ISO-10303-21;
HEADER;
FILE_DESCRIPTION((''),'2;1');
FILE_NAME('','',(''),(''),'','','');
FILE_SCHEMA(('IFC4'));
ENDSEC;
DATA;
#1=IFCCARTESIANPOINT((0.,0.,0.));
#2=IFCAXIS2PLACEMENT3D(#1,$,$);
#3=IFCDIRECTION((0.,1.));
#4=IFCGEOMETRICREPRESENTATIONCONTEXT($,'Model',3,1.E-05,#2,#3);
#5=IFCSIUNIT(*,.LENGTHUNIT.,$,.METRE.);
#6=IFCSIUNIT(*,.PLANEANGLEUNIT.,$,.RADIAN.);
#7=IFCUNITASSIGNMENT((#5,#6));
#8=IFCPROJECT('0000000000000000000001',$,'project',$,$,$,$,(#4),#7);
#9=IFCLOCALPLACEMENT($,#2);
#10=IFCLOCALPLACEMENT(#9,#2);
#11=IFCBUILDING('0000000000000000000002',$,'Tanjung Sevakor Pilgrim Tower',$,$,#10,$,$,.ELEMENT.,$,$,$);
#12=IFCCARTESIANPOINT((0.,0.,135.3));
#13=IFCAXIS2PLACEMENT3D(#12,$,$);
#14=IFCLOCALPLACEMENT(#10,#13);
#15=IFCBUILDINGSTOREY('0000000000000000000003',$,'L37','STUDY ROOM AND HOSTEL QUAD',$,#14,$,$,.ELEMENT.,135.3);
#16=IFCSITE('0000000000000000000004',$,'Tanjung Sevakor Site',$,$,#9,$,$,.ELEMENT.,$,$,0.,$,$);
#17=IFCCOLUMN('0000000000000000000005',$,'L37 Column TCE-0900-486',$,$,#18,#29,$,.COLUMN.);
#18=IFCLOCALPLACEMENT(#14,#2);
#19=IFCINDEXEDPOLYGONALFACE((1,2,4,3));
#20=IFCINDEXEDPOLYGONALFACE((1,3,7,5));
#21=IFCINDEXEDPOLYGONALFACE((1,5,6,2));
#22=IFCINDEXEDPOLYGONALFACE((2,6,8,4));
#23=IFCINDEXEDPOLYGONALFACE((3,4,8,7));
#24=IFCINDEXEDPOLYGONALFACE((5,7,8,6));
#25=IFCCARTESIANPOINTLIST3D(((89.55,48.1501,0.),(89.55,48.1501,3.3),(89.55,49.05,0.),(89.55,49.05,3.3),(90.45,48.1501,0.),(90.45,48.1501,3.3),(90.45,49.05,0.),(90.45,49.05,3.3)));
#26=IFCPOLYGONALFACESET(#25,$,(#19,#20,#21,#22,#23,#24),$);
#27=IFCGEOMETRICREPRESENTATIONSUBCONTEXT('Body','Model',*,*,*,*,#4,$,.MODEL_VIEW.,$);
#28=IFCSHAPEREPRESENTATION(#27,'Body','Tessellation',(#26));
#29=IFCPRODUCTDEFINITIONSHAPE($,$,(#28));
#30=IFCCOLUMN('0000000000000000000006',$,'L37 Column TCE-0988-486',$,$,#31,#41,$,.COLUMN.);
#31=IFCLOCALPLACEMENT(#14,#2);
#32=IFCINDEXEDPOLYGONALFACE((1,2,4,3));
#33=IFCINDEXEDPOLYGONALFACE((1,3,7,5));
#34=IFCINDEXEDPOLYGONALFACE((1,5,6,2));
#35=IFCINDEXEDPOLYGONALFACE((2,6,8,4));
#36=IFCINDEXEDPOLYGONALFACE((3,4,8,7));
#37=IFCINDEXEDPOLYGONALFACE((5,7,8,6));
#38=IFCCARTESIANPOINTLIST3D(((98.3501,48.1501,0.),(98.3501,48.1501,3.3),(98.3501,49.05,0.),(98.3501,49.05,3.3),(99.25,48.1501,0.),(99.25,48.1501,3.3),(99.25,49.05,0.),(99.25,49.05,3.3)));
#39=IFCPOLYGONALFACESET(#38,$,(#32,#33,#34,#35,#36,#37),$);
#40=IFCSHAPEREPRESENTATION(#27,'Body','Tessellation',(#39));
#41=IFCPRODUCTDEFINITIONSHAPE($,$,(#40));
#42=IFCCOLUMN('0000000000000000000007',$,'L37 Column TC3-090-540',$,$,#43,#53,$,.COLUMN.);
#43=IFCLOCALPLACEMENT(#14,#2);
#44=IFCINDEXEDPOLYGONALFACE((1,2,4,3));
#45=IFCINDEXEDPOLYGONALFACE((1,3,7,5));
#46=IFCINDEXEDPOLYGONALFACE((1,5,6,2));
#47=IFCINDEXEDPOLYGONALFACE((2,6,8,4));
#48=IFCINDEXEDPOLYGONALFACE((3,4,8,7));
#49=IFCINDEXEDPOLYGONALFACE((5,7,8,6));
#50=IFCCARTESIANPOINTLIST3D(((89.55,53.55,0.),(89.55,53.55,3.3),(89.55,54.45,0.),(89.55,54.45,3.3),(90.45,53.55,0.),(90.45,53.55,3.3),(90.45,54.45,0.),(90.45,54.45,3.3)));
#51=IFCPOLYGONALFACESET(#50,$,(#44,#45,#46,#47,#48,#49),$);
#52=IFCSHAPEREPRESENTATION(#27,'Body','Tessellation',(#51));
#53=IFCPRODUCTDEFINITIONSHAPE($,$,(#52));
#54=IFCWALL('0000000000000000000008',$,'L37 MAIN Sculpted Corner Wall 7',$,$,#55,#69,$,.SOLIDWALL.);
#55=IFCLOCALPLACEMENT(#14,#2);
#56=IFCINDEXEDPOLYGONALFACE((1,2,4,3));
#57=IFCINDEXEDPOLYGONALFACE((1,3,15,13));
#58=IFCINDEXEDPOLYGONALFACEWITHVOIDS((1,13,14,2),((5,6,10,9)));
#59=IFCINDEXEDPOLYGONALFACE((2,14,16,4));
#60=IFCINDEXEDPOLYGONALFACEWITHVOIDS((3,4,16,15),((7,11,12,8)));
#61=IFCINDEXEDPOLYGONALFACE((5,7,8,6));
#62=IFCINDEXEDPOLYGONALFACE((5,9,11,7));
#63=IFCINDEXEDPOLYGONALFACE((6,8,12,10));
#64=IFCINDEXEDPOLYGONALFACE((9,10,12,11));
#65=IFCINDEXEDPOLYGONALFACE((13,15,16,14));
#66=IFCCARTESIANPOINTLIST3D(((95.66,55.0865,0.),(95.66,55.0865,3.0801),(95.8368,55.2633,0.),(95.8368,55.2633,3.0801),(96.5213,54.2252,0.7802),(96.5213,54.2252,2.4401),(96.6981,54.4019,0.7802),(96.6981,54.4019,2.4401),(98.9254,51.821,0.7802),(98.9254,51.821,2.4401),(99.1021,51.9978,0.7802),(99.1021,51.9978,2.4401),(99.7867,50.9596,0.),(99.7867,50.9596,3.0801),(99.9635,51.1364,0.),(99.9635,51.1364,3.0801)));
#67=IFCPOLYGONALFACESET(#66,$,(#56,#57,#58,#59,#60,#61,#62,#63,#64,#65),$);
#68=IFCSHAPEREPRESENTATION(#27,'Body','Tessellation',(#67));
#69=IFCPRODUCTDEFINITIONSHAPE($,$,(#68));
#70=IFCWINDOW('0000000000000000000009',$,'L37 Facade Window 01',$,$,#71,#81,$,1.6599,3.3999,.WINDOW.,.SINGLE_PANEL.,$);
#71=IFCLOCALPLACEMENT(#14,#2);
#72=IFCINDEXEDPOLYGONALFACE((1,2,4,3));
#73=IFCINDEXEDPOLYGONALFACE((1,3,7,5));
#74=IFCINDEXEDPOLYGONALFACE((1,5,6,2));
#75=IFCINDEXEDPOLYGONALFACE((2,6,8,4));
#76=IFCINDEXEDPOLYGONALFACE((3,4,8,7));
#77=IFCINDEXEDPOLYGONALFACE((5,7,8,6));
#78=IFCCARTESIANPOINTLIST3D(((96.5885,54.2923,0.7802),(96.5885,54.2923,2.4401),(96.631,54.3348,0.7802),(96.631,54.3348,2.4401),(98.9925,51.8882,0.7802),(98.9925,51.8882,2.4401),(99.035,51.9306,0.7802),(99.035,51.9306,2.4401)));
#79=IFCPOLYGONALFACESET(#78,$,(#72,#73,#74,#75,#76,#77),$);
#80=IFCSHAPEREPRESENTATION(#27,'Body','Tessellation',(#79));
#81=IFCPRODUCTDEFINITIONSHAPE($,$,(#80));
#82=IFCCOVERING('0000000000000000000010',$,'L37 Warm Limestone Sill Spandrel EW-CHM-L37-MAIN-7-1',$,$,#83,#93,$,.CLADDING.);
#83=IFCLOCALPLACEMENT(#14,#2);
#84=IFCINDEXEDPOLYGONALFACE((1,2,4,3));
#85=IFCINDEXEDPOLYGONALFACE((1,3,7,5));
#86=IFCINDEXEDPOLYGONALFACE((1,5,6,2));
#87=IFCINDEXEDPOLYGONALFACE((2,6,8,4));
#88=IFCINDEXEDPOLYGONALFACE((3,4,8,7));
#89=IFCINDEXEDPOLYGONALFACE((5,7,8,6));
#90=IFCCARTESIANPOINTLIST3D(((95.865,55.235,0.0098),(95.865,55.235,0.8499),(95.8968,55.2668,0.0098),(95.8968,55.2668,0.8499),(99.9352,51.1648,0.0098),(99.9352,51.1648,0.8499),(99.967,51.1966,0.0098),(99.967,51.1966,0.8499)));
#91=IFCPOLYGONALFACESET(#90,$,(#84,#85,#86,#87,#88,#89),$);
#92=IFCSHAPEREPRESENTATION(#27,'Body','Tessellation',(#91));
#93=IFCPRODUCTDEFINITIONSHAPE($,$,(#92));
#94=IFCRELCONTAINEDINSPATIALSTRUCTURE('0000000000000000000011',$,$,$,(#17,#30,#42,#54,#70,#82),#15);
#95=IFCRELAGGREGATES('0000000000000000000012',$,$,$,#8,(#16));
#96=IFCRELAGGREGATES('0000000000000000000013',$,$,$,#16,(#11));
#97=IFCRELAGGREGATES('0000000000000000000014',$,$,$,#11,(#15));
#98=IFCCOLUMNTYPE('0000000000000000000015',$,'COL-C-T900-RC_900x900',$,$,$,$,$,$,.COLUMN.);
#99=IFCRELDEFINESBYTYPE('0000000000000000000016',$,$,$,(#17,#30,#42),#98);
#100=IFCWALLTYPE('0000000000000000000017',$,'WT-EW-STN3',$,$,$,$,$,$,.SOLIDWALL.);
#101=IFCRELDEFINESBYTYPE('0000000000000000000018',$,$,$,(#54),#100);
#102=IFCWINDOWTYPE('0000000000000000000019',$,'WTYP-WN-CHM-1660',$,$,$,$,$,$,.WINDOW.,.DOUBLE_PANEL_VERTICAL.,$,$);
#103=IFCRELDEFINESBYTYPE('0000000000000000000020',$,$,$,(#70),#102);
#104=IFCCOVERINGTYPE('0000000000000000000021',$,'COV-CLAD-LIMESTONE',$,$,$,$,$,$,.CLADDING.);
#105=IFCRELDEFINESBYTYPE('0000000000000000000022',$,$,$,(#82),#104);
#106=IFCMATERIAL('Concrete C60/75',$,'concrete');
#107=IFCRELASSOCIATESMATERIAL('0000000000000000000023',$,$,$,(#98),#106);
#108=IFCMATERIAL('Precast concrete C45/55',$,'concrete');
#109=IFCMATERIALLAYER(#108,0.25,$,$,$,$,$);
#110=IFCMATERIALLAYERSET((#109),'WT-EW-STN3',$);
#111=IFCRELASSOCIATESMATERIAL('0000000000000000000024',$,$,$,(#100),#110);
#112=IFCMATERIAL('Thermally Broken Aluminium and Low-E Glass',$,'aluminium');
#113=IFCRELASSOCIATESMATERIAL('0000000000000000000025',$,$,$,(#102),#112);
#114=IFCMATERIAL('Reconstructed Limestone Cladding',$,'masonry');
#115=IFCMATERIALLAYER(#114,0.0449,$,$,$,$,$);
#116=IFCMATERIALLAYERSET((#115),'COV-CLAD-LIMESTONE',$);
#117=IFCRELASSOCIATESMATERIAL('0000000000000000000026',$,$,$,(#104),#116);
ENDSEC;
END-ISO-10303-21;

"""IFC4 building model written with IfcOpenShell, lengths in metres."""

from ifc_helpers import new_model, si_unit, direction, frame, frame_2d, origin, origin_2d, place, context, subcontext, project, spatial, rectangle, extrude, material, layer, layer_set, material_profile, profile_set, type_object, element, fill, save


model = new_model("IFC4")

# Units and contexts
model_context = context("Model", 3, precision=1e-05, world=origin(), true_north=direction((0.0, 1.0)))
body_context = subcontext(model_context, "Body", "Model", "MODEL_VIEW")
ifc_project = project(units=[si_unit("LENGTHUNIT", "METRE"), si_unit("PLANEANGLEUNIT", "RADIAN")], contexts=[model_context])

# Site, building, storey
site_placement = place(None, origin())
site = spatial("IfcSite", under=ifc_project, at=site_placement, Name="Tanjung Sevakor Site", CompositionType="ELEMENT", RefElevation=0.0)
building_placement = place(site_placement, origin())
building = spatial("IfcBuilding", under=site, at=building_placement, Name="Tanjung Sevakor Pilgrim Tower", CompositionType="ELEMENT")
storey_placement = place(building_placement, frame((0.0, 0.0, 135.3)))
storey = spatial("IfcBuildingStorey", under=building, at=storey_placement, Name="L37", Description="STUDY ROOM AND HOSTEL QUAD", CompositionType="ELEMENT", Elevation=135.3)

# Columns
ifc_material_1 = material(Name="Concrete C60/75", Category="concrete")
ifc_material_profile = material_profile(ifc_material_1, rectangle(XDim=0.8999, YDim=0.8999, at=origin_2d()))
ifc_profile_set = profile_set([ifc_material_profile], Name="Concrete C60/75")
column_type = type_object("IfcColumnType", Name="COL-C-T900-RC_900x900", PredefinedType="COLUMN", material=ifc_profile_set)
for number, where, z_axis, x_axis, name in (
    (1, (90.0, 48.6001, 0.0), (0.0, 0.0, 1.0), (1.0, 0.0, 0.0), "L37 Column TCE-0900-486"),
    (2, (98.8, 48.6001, 0.0), (0.0, 0.0, 1.0), (1.0, 0.0, 0.0), "L37 Column TCE-0988-486"),
    (3, (90.0, 54.0, 0.0), (0.0, 0.0, 1.0), (1.0, 0.0, 0.0), "L37 Column TC3-090-540"),
):
    element("IfcColumn", number, at=place(storey_placement, frame(where, z_axis=z_axis, x_axis=x_axis)), inside=storey, type_object=column_type, Name=name, PredefinedType="COLUMN", context=body_context, shape_type="SweptSolid", body=[
        extrude(rectangle(XDim=0.8999, YDim=0.8999, at=origin_2d()), origin(), (0.0, 0.0, 1.0), 3.3),
    ])

# Wall, opening, window
ifc_material_2 = material(Name="Precast concrete C45/55", Category="concrete")
ifc_layer_1 = layer(ifc_material_2, 0.25)
ifc_layer_set_1 = layer_set([ifc_layer_1], Name="WT-EW-STN3")
wall_type = type_object("IfcWallType", Name="WT-EW-STN3", PredefinedType="SOLIDWALL", material=ifc_layer_set_1)
wall_1_placement = place(storey_placement, frame((99.875, 51.0481, 0.0), z_axis=(0.0, 0.0, 1.0), x_axis=(-0.707086, 0.707128, 0.0)))
wall_1 = element("IfcWall", 4, at=wall_1_placement, inside=storey, type_object=wall_type, Name="L37 MAIN Sculpted Corner Wall 7", PredefinedType="SOLIDWALL", context=body_context, shape_type="SweptSolid", body=[
    extrude(rectangle(XDim=5.8362, YDim=0.25, at=frame_2d((2.918, 0.0))), origin(), (0.0, 0.0, 1.0), 3.0801),
])
opening_1_placement = place(wall_1_placement, frame((1.218, 0.0, 0.78)))
opening_1 = element("IfcOpeningElement", 5, at=opening_1_placement, cuts=wall_1, PredefinedType="OPENING", context=body_context, shape_type="SweptSolid", body=[
    extrude(rectangle(XDim=3.3999, YDim=1.6599, at=frame_2d((1.7, 0.8301))), frame((0.0, 0.135, 0.0), z_axis=(0.0, -1.0, 0.0), x_axis=(1.0, 0.0, 0.0)), (0.0, 0.0, 1.0), 0.27),
])
ifc_material_3 = material(Name="Thermally Broken Aluminium and Low-E Glass", Category="aluminium")
window_type_1 = type_object("IfcWindowType", Name="WTYP-WN-CHM-1660", PartitioningType="DOUBLE_PANEL_VERTICAL", PredefinedType="WINDOW", material=ifc_material_3)
window_1_placement = place(opening_1_placement, origin())
window_1 = element("IfcWindow", 6, at=window_1_placement, inside=storey, type_object=window_type_1, Name="L37 Facade Window 01", OverallHeight=1.6599, OverallWidth=3.3999, PartitioningType="SINGLE_PANEL", PredefinedType="WINDOW", context=body_context, shape_type="SweptSolid", body=[
    extrude(rectangle(XDim=3.3999, YDim=1.6599, at=frame_2d((1.7, 0.8301))), frame((0.0, 0.03, 0.0), z_axis=(0.0, -1.0, 0.0), x_axis=(1.0, 0.0, 0.0)), (0.0, 0.0, 1.0), 0.0601),
])
fill(opening_1, window_1)

# Covering
ifc_material_4 = material(Name="Reconstructed Limestone Cladding", Category="masonry")
ifc_layer_2 = layer(ifc_material_4, 0.0449)
ifc_layer_set_2 = layer_set([ifc_layer_2], Name="COV-CLAD-LIMESTONE")
covering_type = type_object("IfcCoveringType", Name="COV-CLAD-LIMESTONE", PredefinedType="CLADDING", material=ifc_layer_set_2)
covering_placement = place(storey_placement, frame((97.916, 53.2158, 0.0098), z_axis=(0.0, 0.0, 1.0), x_axis=(-0.707107, 0.707107, 0.0)))
element("IfcCovering", 7, at=covering_placement, inside=storey, type_object=covering_type, Name="L37 Warm Limestone Sill Spandrel EW-CHM-L37-MAIN-7-1", PredefinedType="CLADDING", context=body_context, shape_type="SweptSolid", body=[
    extrude(rectangle(XDim=5.7561, YDim=0.0449, at=origin_2d()), origin(), (0.0, 0.0, 1.0), 0.8401),
])

save(model, "model.ifc")
